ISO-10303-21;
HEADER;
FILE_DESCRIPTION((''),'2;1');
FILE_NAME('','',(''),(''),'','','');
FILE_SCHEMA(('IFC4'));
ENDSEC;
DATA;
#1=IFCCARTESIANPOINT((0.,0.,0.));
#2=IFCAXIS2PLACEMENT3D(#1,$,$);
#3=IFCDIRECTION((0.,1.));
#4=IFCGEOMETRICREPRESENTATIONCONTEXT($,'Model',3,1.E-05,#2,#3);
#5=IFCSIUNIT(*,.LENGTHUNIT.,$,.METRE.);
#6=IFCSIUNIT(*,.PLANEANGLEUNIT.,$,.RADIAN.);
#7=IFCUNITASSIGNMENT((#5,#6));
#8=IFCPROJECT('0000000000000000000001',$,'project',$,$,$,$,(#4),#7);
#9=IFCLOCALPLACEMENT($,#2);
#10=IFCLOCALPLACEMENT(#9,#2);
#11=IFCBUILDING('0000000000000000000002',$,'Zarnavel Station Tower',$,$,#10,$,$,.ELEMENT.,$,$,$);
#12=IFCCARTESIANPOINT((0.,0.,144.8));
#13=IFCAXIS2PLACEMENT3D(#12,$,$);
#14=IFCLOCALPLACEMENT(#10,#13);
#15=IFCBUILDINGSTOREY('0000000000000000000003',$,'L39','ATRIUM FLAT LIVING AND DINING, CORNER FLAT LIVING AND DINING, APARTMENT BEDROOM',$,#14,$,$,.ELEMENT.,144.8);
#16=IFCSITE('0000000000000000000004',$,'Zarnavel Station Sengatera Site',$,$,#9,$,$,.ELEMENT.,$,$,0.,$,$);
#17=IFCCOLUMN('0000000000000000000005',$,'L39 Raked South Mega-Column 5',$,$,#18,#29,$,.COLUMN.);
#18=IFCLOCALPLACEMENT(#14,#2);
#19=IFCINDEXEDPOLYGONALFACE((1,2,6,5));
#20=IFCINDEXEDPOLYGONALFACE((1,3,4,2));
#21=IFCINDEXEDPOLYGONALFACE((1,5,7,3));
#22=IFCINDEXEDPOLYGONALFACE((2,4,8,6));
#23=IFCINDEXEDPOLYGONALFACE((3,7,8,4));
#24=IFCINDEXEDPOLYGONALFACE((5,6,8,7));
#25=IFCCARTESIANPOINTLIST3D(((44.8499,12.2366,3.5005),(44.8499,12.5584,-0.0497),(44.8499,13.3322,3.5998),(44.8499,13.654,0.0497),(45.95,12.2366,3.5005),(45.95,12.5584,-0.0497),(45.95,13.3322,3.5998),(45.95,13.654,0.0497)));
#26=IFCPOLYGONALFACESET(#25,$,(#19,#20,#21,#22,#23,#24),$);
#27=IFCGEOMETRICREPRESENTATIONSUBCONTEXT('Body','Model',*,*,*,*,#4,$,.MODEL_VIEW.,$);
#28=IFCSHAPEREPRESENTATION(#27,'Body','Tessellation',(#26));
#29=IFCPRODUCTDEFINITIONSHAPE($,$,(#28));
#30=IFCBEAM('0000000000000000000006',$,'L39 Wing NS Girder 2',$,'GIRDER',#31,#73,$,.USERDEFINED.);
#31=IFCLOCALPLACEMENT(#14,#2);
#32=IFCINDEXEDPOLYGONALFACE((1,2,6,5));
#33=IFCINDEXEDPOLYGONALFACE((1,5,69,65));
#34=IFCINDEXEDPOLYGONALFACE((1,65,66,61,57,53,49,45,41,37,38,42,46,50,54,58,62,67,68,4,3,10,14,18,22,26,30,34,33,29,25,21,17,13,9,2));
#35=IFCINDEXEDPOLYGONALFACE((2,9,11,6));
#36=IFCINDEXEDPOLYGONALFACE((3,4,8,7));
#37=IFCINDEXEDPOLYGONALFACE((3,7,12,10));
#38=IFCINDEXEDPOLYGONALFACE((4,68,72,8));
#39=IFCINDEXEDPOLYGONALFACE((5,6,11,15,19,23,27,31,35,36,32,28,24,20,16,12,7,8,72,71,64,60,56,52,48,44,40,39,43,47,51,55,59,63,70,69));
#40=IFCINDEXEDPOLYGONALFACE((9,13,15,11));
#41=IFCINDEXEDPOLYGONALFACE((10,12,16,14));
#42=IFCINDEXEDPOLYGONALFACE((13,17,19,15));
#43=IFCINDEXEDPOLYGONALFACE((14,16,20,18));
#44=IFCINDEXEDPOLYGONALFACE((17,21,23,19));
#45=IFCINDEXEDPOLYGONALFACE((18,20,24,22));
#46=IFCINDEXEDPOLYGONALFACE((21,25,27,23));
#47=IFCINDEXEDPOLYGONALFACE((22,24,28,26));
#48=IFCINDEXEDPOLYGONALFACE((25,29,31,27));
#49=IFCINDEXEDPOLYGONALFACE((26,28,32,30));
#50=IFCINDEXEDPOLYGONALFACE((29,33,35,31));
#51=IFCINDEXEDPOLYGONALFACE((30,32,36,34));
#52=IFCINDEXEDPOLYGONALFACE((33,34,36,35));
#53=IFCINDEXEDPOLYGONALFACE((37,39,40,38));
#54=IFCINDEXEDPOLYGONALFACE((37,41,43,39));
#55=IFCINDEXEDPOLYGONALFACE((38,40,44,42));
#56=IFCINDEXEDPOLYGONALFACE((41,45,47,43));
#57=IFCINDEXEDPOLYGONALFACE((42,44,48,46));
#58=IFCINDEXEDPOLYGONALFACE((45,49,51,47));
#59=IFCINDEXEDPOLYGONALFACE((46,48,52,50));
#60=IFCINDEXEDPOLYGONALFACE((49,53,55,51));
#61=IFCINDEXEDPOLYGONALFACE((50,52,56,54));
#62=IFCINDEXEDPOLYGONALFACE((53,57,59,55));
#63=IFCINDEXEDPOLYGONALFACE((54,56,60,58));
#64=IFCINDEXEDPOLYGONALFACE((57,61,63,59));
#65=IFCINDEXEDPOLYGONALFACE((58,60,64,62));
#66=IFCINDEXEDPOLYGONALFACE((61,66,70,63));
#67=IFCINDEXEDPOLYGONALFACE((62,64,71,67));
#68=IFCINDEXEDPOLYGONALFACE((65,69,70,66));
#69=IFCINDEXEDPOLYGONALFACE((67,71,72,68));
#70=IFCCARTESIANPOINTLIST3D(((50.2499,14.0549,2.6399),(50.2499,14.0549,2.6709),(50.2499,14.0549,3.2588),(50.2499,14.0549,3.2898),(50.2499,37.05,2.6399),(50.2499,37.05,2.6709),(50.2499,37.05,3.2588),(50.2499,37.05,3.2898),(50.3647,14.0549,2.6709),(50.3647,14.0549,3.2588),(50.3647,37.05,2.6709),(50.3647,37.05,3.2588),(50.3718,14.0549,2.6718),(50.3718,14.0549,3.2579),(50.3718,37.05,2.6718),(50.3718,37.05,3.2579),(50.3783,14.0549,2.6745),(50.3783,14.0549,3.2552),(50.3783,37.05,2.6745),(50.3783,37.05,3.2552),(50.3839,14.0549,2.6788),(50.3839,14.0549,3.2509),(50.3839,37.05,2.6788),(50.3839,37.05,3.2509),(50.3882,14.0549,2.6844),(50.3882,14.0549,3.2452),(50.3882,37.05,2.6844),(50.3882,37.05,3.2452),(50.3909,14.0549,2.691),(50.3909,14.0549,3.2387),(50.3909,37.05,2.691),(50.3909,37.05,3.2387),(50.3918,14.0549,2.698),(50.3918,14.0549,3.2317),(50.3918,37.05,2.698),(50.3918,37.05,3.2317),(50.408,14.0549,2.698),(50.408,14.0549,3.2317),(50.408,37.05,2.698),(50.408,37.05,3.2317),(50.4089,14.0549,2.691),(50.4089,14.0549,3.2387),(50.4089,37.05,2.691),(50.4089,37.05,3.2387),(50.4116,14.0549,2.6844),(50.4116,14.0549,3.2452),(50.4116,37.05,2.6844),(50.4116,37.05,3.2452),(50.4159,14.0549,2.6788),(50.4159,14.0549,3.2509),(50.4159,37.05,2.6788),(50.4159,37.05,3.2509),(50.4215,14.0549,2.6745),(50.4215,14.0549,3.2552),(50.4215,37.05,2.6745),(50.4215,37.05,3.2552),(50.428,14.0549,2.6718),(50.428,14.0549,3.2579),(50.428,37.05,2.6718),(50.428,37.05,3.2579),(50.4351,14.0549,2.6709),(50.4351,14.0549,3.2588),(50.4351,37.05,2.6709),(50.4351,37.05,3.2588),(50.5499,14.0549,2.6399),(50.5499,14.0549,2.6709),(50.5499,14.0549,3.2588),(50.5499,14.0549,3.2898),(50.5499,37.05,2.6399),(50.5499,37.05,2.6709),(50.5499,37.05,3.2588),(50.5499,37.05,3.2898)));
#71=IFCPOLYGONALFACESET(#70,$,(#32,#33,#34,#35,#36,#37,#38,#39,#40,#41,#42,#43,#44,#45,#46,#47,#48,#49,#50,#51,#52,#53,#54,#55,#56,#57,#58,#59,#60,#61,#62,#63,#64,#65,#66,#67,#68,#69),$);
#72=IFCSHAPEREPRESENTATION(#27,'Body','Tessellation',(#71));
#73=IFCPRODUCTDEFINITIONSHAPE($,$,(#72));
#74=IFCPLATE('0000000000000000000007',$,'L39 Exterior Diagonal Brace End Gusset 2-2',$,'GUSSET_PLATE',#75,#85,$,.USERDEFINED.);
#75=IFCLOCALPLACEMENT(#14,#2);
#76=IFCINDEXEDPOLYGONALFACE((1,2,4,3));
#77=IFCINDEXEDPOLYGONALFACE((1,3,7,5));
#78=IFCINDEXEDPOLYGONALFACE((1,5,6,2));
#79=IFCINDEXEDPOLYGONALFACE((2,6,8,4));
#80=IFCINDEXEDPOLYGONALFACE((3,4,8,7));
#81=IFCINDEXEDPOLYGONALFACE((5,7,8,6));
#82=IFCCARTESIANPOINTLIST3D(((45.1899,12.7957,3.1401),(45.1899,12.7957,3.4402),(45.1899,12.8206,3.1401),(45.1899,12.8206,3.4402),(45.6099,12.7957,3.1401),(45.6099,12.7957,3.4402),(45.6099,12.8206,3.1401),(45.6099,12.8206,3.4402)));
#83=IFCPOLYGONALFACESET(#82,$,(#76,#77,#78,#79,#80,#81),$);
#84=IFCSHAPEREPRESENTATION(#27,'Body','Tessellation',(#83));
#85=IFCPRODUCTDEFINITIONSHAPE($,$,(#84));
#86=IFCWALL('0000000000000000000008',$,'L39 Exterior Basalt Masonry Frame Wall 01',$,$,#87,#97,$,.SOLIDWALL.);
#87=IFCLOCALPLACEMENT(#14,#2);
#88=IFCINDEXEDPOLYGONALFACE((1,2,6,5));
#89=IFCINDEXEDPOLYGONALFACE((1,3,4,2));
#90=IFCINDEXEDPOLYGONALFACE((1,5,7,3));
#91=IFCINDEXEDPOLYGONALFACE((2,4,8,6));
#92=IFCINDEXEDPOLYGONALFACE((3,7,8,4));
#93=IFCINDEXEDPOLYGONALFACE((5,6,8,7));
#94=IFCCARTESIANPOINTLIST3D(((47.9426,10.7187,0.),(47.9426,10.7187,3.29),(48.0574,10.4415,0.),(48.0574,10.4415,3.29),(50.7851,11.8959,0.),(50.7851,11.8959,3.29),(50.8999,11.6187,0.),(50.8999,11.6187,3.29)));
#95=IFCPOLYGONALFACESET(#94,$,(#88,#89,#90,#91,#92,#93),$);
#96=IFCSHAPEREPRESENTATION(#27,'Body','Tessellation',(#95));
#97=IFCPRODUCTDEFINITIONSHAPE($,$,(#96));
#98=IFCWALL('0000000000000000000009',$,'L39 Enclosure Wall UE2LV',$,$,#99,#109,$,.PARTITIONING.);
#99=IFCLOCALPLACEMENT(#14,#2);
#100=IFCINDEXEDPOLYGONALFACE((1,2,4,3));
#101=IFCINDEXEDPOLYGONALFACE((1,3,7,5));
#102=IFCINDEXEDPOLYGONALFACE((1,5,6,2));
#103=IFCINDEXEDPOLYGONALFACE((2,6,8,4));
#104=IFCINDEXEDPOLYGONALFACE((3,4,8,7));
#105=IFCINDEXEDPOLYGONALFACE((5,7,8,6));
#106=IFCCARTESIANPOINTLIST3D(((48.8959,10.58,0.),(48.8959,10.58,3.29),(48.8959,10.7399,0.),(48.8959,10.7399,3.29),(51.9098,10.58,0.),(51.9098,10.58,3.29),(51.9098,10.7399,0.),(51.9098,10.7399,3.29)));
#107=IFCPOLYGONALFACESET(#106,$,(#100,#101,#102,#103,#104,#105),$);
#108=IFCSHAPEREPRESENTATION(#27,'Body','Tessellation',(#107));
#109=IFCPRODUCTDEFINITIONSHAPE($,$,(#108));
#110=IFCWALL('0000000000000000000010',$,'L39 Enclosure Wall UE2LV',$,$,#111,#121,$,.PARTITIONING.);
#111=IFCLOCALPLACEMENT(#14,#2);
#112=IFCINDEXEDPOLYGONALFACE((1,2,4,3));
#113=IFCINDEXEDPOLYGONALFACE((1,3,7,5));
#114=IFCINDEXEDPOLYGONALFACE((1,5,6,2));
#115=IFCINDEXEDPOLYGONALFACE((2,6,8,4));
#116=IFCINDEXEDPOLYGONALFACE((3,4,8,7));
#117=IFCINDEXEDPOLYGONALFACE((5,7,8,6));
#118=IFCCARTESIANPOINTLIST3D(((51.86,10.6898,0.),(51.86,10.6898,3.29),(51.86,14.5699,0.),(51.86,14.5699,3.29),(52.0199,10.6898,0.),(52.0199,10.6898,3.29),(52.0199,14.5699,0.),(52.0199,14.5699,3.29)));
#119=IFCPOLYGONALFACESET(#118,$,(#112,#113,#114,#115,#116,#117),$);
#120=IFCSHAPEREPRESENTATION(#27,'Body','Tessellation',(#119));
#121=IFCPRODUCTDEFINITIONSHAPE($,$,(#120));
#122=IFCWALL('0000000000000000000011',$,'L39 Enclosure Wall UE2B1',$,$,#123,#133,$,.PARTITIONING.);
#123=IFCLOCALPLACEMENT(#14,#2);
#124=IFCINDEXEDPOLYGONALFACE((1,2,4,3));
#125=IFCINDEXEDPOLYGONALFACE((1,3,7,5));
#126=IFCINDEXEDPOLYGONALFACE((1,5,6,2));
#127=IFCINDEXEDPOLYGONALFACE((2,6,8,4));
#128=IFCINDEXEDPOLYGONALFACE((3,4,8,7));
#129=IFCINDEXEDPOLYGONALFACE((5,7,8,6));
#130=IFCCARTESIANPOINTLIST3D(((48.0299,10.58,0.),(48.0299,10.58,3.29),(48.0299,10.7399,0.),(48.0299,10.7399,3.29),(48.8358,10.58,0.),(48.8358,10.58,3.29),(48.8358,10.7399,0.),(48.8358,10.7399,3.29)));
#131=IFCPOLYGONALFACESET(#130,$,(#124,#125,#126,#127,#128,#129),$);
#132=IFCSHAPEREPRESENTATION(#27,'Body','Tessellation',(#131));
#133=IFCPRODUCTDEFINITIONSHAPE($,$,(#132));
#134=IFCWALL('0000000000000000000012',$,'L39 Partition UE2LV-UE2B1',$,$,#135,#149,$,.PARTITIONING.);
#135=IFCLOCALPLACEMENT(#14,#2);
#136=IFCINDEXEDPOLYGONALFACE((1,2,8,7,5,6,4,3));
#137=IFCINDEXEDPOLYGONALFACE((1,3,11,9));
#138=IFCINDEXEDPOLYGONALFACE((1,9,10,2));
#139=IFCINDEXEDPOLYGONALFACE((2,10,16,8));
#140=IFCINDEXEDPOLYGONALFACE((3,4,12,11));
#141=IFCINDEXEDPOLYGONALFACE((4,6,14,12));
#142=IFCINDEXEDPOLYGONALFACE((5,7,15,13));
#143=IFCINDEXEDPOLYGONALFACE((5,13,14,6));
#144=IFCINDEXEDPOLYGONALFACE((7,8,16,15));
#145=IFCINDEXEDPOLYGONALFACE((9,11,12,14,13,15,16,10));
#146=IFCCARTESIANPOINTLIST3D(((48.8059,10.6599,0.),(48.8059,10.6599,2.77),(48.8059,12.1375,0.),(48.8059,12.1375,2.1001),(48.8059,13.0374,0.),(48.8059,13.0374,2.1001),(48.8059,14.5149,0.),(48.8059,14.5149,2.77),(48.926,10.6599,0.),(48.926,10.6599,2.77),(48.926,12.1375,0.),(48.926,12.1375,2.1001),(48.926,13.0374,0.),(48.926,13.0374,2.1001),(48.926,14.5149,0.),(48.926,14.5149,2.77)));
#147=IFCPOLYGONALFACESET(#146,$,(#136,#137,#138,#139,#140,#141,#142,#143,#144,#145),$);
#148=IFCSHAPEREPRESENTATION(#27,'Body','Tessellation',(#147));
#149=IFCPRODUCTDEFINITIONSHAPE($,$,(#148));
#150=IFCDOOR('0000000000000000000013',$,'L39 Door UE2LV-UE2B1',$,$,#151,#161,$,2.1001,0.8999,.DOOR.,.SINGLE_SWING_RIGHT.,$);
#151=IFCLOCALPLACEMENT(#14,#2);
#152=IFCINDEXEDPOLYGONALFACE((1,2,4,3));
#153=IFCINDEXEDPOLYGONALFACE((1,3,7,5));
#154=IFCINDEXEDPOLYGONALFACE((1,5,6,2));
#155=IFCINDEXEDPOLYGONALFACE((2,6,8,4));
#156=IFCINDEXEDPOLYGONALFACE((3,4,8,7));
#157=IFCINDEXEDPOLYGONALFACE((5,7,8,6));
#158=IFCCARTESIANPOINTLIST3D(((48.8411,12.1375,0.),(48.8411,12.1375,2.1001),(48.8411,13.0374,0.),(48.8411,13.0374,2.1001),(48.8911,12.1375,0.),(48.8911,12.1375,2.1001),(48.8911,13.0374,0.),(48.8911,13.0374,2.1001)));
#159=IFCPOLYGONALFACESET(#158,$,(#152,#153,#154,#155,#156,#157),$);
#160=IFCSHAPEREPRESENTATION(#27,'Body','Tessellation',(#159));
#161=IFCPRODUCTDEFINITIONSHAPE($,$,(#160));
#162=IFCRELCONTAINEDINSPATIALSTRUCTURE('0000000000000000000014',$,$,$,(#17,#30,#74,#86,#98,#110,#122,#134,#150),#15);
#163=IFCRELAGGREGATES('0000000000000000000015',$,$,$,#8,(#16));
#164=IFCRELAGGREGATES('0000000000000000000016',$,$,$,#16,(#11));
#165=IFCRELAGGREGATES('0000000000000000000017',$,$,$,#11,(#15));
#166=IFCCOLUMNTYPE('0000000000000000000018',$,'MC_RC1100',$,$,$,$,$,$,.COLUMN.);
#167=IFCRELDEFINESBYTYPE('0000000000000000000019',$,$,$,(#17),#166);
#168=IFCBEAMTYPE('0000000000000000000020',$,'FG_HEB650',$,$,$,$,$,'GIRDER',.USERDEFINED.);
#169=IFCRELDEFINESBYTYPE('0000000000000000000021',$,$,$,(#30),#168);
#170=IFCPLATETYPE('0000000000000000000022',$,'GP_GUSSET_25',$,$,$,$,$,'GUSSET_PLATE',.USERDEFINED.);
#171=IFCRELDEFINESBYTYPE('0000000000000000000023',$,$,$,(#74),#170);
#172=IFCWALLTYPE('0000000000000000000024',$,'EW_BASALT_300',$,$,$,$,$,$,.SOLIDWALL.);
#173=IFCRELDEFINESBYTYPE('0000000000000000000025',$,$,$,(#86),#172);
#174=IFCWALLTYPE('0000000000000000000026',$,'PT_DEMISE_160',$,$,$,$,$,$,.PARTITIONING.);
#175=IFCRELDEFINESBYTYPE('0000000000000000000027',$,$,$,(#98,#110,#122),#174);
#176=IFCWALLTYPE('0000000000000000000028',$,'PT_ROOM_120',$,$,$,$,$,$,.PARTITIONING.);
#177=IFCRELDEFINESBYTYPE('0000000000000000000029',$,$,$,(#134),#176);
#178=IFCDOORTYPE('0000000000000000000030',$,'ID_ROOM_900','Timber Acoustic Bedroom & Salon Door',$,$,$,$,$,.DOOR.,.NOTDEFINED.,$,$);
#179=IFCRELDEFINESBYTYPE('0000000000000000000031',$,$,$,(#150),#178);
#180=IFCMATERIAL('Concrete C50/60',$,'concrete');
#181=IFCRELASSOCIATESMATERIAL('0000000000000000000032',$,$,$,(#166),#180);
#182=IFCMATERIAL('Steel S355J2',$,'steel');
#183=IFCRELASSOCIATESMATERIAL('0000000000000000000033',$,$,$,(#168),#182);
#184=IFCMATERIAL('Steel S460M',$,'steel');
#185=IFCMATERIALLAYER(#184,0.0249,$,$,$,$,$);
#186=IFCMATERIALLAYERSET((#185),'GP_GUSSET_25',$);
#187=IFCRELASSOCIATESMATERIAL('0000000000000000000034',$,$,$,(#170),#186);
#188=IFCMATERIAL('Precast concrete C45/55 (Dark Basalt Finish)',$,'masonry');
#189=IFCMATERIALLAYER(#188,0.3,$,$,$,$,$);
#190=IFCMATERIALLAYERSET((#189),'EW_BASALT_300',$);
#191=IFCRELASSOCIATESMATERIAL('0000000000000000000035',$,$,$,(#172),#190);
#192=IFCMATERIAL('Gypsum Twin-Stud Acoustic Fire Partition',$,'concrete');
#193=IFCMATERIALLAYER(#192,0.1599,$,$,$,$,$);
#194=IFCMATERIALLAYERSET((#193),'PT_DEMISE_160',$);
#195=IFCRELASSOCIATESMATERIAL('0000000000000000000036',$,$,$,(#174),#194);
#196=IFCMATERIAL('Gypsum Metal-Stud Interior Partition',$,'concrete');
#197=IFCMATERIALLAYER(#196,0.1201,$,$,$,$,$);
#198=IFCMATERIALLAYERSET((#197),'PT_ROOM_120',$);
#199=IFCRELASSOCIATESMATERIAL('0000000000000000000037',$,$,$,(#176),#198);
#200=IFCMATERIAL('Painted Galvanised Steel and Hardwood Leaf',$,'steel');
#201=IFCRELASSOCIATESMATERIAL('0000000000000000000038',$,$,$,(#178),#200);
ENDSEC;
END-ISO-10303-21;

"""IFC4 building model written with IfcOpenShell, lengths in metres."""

from ifc_helpers import new_model, si_unit, direction, frame, frame_2d, origin, origin_2d, place, context, subcontext, project, spatial, rectangle, i_section, extrude, material, layer, layer_set, material_profile, profile_set, type_object, element, fill, save


model = new_model("IFC4")

# Units and contexts
model_context = context("Model", 3, precision=1e-05, world=origin(), true_north=direction((0.0, 1.0)))
body_context = subcontext(model_context, "Body", "Model", "MODEL_VIEW")
ifc_project = project(units=[si_unit("LENGTHUNIT", "METRE"), si_unit("PLANEANGLEUNIT", "RADIAN")], contexts=[model_context])

# Site, building, storey
site_placement = place(None, origin())
site = spatial("IfcSite", under=ifc_project, at=site_placement, Name="Zarnavel Station Sengatera Site", CompositionType="ELEMENT", RefElevation=0.0)
building_placement = place(site_placement, origin())
building = spatial("IfcBuilding", under=site, at=building_placement, Name="Zarnavel Station Tower", CompositionType="ELEMENT")
storey_placement = place(building_placement, frame((0.0, 0.0, 144.8)))
storey = spatial("IfcBuildingStorey", under=building, at=storey_placement, Name="L39", Description="ATRIUM FLAT LIVING AND DINING, CORNER FLAT LIVING AND DINING, APARTMENT BEDROOM", CompositionType="ELEMENT", Elevation=144.8)

# Column
ifc_material_1 = material(Name="Concrete C50/60", Category="concrete")
ifc_material_profile_1 = material_profile(ifc_material_1, rectangle(XDim=1.1001, YDim=1.1001, at=origin_2d()), Name="RC1100x1100")
ifc_profile_set_1 = profile_set([ifc_material_profile_1], Name="Concrete C50/60")
column_type = type_object("IfcColumnType", Name="MC_RC1100", PredefinedType="COLUMN", material=ifc_profile_set_1)
column_placement = place(storey_placement, frame((45.3999, 13.1062, 0.0), z_axis=(0.0, -0.09027, 0.995917), x_axis=(1.0, 0.0, 0.0)))
element("IfcColumn", 1, at=column_placement, inside=storey, type_object=column_type, Name="L39 Raked South Mega-Column 5", PredefinedType="COLUMN", context=body_context, shape_type="SweptSolid", body=[
    extrude(rectangle(XDim=1.1001, YDim=1.1001, at=origin_2d()), origin(), (0.0, 0.0, 1.0), 3.5647),
])

# Beam
ifc_material_2 = material(Name="Steel S355J2", Category="steel")
ifc_material_profile_2 = material_profile(ifc_material_2, i_section(OverallWidth=0.3, OverallDepth=0.6499, WebThickness=0.0161, FlangeThickness=0.031, FilletRadius=0.0271, at=origin_2d()), Name="HEB650")
ifc_profile_set_2 = profile_set([ifc_material_profile_2], Name="Steel S355J2")
beam_type = type_object("IfcBeamType", Name="FG_HEB650", ElementType="GIRDER", PredefinedType="USERDEFINED", material=ifc_profile_set_2)
beam_placement = place(storey_placement, frame((50.3999, 14.0549, 2.9648), z_axis=(0.0, 1.0, 0.0), x_axis=(-1.0, 0.0, 0.0)))
element("IfcBeam", 2, at=beam_placement, inside=storey, type_object=beam_type, Name="L39 Wing NS Girder 2", ObjectType="GIRDER", PredefinedType="USERDEFINED", context=body_context, shape_type="SweptSolid", body=[
    extrude(i_section(OverallWidth=0.3, OverallDepth=0.6499, WebThickness=0.0161, FlangeThickness=0.031, FilletRadius=0.0271, at=origin_2d()), origin(), (0.0, 0.0, 1.0), 22.9951),
])

# Plate
ifc_material_3 = material(Name="Steel S460M", Category="steel")
ifc_layer_1 = layer(ifc_material_3, 0.0249)
ifc_layer_set_1 = layer_set([ifc_layer_1], Name="GP_GUSSET_25")
plate_type = type_object("IfcPlateType", Name="GP_GUSSET_25", ElementType="GUSSET_PLATE", PredefinedType="USERDEFINED", material=ifc_layer_set_1)
plate_placement = place(storey_placement, frame((45.3999, 12.8081, 3.1401), z_axis=(0.0, 0.0, 1.0), x_axis=(1.0, 0.0, 0.0)))
element("IfcPlate", 3, at=plate_placement, inside=storey, type_object=plate_type, Name="L39 Exterior Diagonal Brace End Gusset 2-2", ObjectType="GUSSET_PLATE", PredefinedType="USERDEFINED", context=body_context, shape_type="SweptSolid", body=[
    extrude(rectangle(XDim=0.4199, YDim=0.0249, at=origin_2d()), origin(), (0.0, 0.0, 1.0), 0.3),
])

# Wall
ifc_material_4 = material(Name="Precast concrete C45/55 (Dark Basalt Finish)", Category="masonry")
ifc_layer_2 = layer(ifc_material_4, 0.3)
ifc_layer_set_2 = layer_set([ifc_layer_2], Name="EW_BASALT_300")
wall_type_1 = type_object("IfcWallType", Name="EW_BASALT_300", PredefinedType="SOLIDWALL", material=ifc_layer_set_2)
wall_1_placement = place(storey_placement, frame((50.8425, 11.7573, 0.0), z_axis=(0.0, 0.0, 1.0), x_axis=(-0.923899, -0.382637, 0.0)))
element("IfcWall", 4, at=wall_1_placement, inside=storey, type_object=wall_type_1, Name="L39 Exterior Basalt Masonry Frame Wall 01", PredefinedType="SOLIDWALL", context=body_context, shape_type="SweptSolid", body=[
    extrude(rectangle(XDim=3.0767, YDim=0.3, at=frame_2d((1.5383, 0.0))), origin(), (0.0, 0.0, 1.0), 3.29),
])

# Walls
ifc_material_5 = material(Name="Gypsum Twin-Stud Acoustic Fire Partition", Category="concrete")
ifc_layer_3 = layer(ifc_material_5, 0.1599)
ifc_layer_set_3 = layer_set([ifc_layer_3], Name="PT_DEMISE_160")
wall_type_2 = type_object("IfcWallType", Name="PT_DEMISE_160", PredefinedType="PARTITIONING", material=ifc_layer_set_3)
wall_2_placement = place(storey_placement, frame((48.896, 10.6599, 0.0), z_axis=(0.0, 0.0, 1.0), x_axis=(1.0, 0.0, 0.0)))
element("IfcWall", 5, at=wall_2_placement, inside=storey, type_object=wall_type_2, Name="L39 Enclosure Wall UE2LV", PredefinedType="PARTITIONING", context=body_context, shape_type="SweptSolid", body=[
    extrude(rectangle(XDim=3.0139, YDim=0.1599, at=frame_2d((1.5068, 0.0))), origin(), (0.0, 0.0, 1.0), 3.29),
])
wall_3_placement = place(storey_placement, frame((51.9399, 10.6899, 0.0), z_axis=(0.0, 0.0, 1.0), x_axis=(0.0, 1.0, 0.0)))
element("IfcWall", 6, at=wall_3_placement, inside=storey, type_object=wall_type_2, Name="L39 Enclosure Wall UE2LV", PredefinedType="PARTITIONING", context=body_context, shape_type="SweptSolid", body=[
    extrude(rectangle(XDim=3.8801, YDim=0.1599, at=frame_2d((1.9399, 0.0))), origin(), (0.0, 0.0, 1.0), 3.29),
])
wall_4_placement = place(storey_placement, frame((48.03, 10.6599, 0.0), z_axis=(0.0, 0.0, 1.0), x_axis=(1.0, 0.0, 0.0)))
element("IfcWall", 7, at=wall_4_placement, inside=storey, type_object=wall_type_2, Name="L39 Enclosure Wall UE2B1", PredefinedType="PARTITIONING", context=body_context, shape_type="SweptSolid", body=[
    extrude(rectangle(XDim=0.8059, YDim=0.1599, at=frame_2d((0.4028, 0.0))), origin(), (0.0, 0.0, 1.0), 3.29),
])

# Wall, opening, door
ifc_material_6 = material(Name="Gypsum Metal-Stud Interior Partition", Category="concrete")
ifc_layer_4 = layer(ifc_material_6, 0.1201)
ifc_layer_set_4 = layer_set([ifc_layer_4], Name="PT_ROOM_120")
wall_type_3 = type_object("IfcWallType", Name="PT_ROOM_120", PredefinedType="PARTITIONING", material=ifc_layer_set_4)
wall_5_placement = place(storey_placement, frame((48.866, 10.6599, 0.0), z_axis=(0.0, 0.0, 1.0), x_axis=(0.0, 1.0, 0.0)))
wall_5 = element("IfcWall", 8, at=wall_5_placement, inside=storey, type_object=wall_type_3, Name="L39 Partition UE2LV-UE2B1", PredefinedType="PARTITIONING", context=body_context, shape_type="SweptSolid", body=[
    extrude(rectangle(XDim=3.855, YDim=0.1201, at=frame_2d((1.9275, 0.0))), origin(), (0.0, 0.0, 1.0), 2.77),
])
opening_1_placement = place(wall_5_placement, frame((1.4775, 0.0, 0.0)))
opening_1 = element("IfcOpeningElement", 9, at=opening_1_placement, cuts=wall_5, PredefinedType="OPENING", context=body_context, shape_type="SweptSolid", body=[
    extrude(rectangle(XDim=0.8999, YDim=2.1001, at=frame_2d((0.45, 1.05))), frame((0.0, 0.0701, 0.0), z_axis=(0.0, -1.0, 0.0), x_axis=(1.0, 0.0, 0.0)), (0.0, 0.0, 1.0), 0.1401),
])
ifc_material_7 = material(Name="Painted Galvanised Steel and Hardwood Leaf", Category="steel")
door_type = type_object("IfcDoorType", Name="ID_ROOM_900", Description="Timber Acoustic Bedroom & Salon Door", OperationType="NOTDEFINED", PredefinedType="DOOR", material=ifc_material_7)
door_placement = place(opening_1_placement, origin())
door = element("IfcDoor", 10, at=door_placement, inside=storey, type_object=door_type, Name="L39 Door UE2LV-UE2B1", OperationType="SINGLE_SWING_RIGHT", OverallHeight=2.1001, OverallWidth=0.8999, PredefinedType="DOOR", context=body_context, shape_type="SweptSolid", body=[
    extrude(rectangle(XDim=0.8999, YDim=2.1001, at=frame_2d((0.45, 1.05))), frame((0.0, 0.0249, 0.0), z_axis=(0.0, -1.0, 0.0), x_axis=(1.0, 0.0, 0.0)), (0.0, 0.0, 1.0), 0.05),
])
fill(opening_1, door)

save(model, "model.ifc")
